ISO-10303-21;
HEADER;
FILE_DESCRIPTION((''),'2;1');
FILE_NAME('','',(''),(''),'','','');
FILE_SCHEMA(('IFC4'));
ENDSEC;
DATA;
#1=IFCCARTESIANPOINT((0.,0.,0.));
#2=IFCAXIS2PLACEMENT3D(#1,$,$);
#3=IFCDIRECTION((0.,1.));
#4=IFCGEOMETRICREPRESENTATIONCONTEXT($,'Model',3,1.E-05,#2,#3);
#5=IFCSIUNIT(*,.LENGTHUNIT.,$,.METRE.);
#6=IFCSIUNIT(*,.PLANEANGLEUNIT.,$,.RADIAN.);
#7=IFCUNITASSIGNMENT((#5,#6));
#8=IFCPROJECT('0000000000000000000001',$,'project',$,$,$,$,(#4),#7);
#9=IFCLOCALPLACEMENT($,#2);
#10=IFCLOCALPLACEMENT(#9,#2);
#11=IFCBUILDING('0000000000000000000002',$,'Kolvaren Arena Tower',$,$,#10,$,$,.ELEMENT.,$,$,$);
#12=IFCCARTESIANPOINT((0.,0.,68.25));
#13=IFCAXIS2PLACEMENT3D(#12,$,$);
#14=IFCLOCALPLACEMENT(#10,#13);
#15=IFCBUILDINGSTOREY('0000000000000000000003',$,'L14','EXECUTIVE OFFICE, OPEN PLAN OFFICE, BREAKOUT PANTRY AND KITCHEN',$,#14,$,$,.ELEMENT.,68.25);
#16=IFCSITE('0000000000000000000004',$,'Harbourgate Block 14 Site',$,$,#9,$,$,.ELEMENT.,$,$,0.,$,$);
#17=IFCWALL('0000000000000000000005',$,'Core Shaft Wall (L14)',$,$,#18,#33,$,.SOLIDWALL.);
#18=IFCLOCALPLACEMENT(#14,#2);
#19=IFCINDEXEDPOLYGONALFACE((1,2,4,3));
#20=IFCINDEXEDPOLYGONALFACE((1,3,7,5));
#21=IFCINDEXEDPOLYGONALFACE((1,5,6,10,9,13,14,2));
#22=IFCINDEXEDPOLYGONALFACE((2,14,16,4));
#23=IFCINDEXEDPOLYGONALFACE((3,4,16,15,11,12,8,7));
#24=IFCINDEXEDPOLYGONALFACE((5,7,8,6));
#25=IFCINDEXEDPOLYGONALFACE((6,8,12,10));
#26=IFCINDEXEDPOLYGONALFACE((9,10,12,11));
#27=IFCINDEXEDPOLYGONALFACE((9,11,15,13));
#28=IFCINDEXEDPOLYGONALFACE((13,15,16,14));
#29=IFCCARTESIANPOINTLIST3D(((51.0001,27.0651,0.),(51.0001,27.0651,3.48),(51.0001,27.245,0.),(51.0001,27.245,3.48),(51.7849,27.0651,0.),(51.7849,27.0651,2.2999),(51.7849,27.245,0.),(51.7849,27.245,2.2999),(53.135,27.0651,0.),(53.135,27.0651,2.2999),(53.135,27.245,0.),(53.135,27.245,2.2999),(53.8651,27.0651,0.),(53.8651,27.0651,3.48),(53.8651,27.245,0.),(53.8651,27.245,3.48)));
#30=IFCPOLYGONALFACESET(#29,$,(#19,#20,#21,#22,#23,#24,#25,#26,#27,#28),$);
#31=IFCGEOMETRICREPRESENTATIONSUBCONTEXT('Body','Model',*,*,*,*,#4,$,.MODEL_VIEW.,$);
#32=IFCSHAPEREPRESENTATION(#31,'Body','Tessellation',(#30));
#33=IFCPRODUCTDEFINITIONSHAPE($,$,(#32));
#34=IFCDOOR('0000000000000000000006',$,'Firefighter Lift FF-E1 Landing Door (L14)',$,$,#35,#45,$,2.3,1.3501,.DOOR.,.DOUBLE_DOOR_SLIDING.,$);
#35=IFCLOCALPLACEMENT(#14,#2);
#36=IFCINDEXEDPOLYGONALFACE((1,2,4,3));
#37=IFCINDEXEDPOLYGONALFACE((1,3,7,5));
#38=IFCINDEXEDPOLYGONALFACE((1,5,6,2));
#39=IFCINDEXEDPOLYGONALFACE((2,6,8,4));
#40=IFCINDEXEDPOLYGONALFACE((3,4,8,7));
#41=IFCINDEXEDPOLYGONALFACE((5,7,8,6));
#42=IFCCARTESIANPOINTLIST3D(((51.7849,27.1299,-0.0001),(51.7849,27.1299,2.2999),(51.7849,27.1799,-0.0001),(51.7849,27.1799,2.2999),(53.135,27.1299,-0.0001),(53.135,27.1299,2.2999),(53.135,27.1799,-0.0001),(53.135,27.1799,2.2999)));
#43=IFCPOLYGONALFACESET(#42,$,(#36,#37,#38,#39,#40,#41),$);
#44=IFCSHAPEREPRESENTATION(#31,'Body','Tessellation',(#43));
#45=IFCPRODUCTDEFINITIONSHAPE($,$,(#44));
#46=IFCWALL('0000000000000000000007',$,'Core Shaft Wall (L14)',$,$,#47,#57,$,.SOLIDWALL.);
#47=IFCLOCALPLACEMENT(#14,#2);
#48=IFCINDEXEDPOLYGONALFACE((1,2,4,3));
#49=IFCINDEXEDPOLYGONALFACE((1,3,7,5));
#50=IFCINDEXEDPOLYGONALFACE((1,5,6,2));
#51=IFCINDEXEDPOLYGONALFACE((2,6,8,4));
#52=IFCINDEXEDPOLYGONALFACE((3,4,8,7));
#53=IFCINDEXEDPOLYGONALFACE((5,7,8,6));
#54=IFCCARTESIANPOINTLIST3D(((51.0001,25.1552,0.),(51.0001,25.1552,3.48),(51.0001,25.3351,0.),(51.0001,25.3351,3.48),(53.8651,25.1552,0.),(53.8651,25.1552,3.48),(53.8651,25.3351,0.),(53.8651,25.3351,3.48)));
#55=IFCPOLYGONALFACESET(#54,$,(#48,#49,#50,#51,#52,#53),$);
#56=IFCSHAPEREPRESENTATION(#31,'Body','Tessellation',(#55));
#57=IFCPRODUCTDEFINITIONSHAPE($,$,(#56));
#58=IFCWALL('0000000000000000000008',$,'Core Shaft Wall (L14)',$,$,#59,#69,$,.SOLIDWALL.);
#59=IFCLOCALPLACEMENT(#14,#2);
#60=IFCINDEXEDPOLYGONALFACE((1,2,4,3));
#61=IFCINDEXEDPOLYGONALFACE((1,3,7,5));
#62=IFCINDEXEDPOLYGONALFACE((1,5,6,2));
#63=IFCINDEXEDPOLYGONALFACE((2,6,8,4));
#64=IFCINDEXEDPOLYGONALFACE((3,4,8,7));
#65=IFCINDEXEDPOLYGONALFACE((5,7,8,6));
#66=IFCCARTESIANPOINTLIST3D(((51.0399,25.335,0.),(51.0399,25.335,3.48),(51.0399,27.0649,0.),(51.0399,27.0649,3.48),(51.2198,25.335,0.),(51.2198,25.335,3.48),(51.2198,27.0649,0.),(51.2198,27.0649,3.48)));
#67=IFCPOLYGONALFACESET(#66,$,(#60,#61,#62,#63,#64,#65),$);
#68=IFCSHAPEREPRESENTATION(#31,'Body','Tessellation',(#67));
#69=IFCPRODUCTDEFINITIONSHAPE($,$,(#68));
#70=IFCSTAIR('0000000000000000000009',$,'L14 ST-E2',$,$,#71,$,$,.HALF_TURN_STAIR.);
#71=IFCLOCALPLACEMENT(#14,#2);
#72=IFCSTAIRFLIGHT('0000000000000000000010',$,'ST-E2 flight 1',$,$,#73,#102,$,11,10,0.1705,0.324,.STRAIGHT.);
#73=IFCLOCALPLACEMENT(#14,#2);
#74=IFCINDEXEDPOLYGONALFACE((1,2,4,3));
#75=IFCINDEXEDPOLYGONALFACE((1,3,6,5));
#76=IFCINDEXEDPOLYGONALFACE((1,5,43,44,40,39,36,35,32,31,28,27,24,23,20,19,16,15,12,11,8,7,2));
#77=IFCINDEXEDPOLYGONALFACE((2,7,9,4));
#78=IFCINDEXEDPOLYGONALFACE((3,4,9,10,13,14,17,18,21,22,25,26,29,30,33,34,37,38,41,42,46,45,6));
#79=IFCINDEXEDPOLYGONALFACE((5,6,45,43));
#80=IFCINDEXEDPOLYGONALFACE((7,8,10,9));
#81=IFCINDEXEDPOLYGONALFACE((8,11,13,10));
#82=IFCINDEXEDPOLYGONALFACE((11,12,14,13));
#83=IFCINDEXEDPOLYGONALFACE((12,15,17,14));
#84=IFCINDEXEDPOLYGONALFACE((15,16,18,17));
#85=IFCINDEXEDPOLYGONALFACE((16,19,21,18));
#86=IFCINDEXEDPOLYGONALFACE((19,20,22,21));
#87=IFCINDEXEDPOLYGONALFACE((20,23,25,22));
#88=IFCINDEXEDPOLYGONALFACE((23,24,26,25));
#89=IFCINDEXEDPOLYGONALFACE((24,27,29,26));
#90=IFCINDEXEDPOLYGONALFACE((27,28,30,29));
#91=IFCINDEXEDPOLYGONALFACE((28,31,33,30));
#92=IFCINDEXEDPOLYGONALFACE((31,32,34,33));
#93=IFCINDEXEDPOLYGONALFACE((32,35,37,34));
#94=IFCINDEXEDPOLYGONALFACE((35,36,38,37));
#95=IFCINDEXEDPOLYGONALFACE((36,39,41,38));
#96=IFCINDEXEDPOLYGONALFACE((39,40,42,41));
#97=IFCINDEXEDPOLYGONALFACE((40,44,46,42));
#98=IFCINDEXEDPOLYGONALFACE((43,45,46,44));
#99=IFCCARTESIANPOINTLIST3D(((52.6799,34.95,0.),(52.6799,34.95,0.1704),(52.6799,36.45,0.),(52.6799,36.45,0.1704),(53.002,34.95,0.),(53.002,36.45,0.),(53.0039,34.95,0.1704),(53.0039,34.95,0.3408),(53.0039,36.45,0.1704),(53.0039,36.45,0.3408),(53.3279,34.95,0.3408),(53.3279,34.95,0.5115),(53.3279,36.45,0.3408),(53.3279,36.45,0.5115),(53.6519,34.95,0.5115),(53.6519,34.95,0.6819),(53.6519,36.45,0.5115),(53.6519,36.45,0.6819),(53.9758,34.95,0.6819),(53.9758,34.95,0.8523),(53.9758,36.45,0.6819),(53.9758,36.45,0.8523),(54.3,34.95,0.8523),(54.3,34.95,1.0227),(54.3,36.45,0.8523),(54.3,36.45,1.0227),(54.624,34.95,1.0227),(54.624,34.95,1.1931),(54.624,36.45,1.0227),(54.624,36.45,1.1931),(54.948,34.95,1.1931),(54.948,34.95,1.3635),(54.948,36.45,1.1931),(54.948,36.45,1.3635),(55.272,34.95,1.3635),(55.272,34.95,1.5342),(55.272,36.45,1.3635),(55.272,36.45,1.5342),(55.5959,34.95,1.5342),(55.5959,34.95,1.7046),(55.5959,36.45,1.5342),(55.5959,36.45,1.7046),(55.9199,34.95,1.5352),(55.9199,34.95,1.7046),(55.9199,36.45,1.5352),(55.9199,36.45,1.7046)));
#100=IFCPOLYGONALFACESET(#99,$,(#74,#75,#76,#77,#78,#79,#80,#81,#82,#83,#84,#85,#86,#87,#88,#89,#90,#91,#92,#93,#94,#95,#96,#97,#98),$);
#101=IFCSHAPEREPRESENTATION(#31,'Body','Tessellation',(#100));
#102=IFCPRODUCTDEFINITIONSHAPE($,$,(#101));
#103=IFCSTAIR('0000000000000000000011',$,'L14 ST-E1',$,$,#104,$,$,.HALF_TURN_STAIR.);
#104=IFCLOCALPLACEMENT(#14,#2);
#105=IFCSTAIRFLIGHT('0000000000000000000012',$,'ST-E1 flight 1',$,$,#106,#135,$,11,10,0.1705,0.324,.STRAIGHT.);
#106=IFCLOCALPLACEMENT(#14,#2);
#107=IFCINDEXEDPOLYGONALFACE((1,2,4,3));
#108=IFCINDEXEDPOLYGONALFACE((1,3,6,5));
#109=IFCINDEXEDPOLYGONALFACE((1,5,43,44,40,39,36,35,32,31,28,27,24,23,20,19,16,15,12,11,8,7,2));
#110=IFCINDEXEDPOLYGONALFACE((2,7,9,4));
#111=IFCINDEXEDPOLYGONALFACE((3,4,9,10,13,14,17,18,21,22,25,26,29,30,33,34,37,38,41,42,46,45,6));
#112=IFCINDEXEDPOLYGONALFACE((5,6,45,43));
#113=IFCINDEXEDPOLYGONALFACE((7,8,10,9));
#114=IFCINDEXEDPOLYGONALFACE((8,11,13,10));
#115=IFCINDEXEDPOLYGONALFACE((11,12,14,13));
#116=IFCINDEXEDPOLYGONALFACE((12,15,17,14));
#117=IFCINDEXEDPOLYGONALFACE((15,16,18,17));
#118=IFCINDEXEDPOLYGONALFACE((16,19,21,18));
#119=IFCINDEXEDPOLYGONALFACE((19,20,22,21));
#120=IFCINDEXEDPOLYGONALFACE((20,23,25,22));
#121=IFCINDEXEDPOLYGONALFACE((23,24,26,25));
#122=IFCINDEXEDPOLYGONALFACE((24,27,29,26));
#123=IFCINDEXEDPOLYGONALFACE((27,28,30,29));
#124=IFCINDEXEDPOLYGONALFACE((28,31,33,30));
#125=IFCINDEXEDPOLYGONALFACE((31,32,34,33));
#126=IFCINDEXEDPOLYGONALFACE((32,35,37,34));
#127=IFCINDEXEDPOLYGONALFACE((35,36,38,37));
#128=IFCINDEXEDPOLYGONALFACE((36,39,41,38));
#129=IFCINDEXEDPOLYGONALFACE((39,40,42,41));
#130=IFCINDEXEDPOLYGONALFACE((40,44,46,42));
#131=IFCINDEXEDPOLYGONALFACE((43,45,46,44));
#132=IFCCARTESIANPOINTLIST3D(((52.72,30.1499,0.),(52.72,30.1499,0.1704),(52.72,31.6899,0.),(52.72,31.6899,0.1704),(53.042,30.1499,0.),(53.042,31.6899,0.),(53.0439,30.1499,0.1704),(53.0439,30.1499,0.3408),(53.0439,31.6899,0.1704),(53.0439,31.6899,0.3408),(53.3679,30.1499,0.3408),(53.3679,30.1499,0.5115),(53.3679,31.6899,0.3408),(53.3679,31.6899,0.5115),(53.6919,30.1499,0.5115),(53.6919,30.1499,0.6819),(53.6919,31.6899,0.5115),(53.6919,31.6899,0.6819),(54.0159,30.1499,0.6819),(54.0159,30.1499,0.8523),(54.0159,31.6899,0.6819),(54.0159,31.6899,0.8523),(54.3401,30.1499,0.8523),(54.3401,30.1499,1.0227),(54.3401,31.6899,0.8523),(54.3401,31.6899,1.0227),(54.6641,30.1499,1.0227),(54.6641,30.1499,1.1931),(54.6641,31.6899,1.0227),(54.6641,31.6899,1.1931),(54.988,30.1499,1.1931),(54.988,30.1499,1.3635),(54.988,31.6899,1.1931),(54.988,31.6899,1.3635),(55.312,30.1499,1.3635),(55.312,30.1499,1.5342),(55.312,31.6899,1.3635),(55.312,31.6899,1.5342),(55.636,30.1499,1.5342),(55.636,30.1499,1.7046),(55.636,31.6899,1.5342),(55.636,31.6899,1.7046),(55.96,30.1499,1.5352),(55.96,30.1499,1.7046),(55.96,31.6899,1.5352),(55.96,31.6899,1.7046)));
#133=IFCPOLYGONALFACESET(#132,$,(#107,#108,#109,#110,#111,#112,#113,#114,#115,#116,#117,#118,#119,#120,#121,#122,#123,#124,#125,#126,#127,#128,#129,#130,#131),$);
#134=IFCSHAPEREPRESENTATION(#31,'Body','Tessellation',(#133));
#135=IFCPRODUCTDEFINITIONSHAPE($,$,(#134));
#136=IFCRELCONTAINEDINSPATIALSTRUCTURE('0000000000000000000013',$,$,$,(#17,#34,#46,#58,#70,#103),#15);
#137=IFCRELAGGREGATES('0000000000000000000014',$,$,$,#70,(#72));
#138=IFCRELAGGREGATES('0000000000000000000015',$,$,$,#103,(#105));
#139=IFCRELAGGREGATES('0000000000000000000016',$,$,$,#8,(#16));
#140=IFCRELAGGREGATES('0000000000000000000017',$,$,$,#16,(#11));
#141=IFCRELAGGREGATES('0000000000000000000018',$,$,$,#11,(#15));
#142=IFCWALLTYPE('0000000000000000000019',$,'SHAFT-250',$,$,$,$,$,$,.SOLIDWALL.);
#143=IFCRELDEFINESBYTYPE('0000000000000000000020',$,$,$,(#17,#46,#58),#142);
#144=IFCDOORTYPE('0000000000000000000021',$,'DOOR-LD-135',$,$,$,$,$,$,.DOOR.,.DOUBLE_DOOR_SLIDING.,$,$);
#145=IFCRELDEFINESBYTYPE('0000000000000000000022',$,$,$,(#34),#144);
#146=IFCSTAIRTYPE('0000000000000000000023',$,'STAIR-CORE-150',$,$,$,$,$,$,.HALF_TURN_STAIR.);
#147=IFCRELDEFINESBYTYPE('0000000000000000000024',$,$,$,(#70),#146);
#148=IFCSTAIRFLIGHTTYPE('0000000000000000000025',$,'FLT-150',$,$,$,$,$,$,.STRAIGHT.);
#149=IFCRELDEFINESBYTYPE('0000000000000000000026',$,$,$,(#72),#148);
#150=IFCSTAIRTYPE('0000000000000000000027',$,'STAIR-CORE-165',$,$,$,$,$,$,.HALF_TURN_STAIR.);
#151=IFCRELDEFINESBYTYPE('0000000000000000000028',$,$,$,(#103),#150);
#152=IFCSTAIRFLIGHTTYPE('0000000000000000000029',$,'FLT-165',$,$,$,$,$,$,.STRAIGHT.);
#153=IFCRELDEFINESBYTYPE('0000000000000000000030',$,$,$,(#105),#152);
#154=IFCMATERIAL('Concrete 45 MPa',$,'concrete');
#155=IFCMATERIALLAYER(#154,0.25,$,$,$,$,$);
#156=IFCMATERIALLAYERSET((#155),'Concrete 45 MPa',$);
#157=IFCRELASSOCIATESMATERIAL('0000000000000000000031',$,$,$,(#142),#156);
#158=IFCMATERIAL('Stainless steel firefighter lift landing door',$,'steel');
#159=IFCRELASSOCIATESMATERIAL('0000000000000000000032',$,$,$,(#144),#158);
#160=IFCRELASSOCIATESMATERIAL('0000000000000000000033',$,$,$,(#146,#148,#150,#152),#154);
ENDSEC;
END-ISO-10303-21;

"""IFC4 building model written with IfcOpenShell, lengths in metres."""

from ifc_helpers import new_model, si_unit, direction, frame, frame_2d, origin, place, context, subcontext, project, spatial, polyline, rectangle, outline, extrude, material, layer, layer_set, type_object, element, fill, aggregate, save


model = new_model("IFC4")

# Units and contexts
model_context = context("Model", 3, precision=1e-05, world=origin(), true_north=direction((0.0, 1.0)))
body_context = subcontext(model_context, "Body", "Model", "MODEL_VIEW")
ifc_project = project(units=[si_unit("LENGTHUNIT", "METRE"), si_unit("PLANEANGLEUNIT", "RADIAN")], contexts=[model_context])

# Site, building, storey
site_placement = place(None, origin())
site = spatial("IfcSite", under=ifc_project, at=site_placement, Name="Harbourgate Block 14 Site", CompositionType="ELEMENT", RefElevation=0.0)
building_placement = place(site_placement, origin())
building = spatial("IfcBuilding", under=site, at=building_placement, Name="Kolvaren Arena Tower", CompositionType="ELEMENT")
storey_placement = place(building_placement, frame((0.0, 0.0, 68.25)))
storey = spatial("IfcBuildingStorey", under=building, at=storey_placement, Name="L14", Description="EXECUTIVE OFFICE, OPEN PLAN OFFICE, BREAKOUT PANTRY AND KITCHEN", CompositionType="ELEMENT", Elevation=68.25)

# Shared definitions
ifc_material_1 = material(Name="Concrete 45 MPa", Category="concrete")
ifc_layer = layer(ifc_material_1, 0.25)
ifc_layer_set = layer_set([ifc_layer], Name="Concrete 45 MPa")
wall_type = type_object("IfcWallType", Name="SHAFT-250", PredefinedType="SOLIDWALL", material=ifc_layer_set)

# Wall, opening, door
wall_1_placement = place(storey_placement, frame((51.0, 27.155, 0.0), z_axis=(0.0, 0.0, 1.0), x_axis=(1.0, 0.0, 0.0)))
wall_1 = element("IfcWall", 1, at=wall_1_placement, inside=storey, type_object=wall_type, Name="Core Shaft Wall (L14)", PredefinedType="SOLIDWALL", context=body_context, shape_type="SweptSolid", body=[
    extrude(rectangle(XDim=2.865, YDim=0.1799, at=frame_2d((1.4326, 0.0))), origin(), (0.0, 0.0, 1.0), 3.48),
])
opening_placement = place(wall_1_placement, frame((0.7849, 0.0, 0.0)))
opening = element("IfcOpeningElement", 2, at=opening_placement, cuts=wall_1, PredefinedType="OPENING", context=body_context, shape_type="SweptSolid", body=[
    extrude(rectangle(XDim=1.3501, YDim=2.3, at=frame_2d((0.675, 1.1499))), frame((0.0, 0.0999, 0.0), z_axis=(0.0, -1.0, 0.0), x_axis=(1.0, 0.0, 0.0)), (0.0, 0.0, 1.0), 0.2),
])
ifc_material_2 = material(Name="Stainless steel firefighter lift landing door", Category="steel")
door_type = type_object("IfcDoorType", Name="DOOR-LD-135", OperationType="DOUBLE_DOOR_SLIDING", PredefinedType="DOOR", material=ifc_material_2)
door_placement = place(opening_placement, origin())
door = element("IfcDoor", 3, at=door_placement, inside=storey, type_object=door_type, Name="Firefighter Lift FF-E1 Landing Door (L14)", OperationType="DOUBLE_DOOR_SLIDING", OverallHeight=2.3, OverallWidth=1.3501, PredefinedType="DOOR", context=body_context, shape_type="SweptSolid", body=[
    extrude(rectangle(XDim=1.3501, YDim=2.3, at=frame_2d((0.675, 1.1499))), frame((0.0, 0.0249, 0.0), z_axis=(0.0, -1.0, 0.0), x_axis=(1.0, 0.0, 0.0)), (0.0, 0.0, 1.0), 0.05),
])
fill(opening, door)

# Walls
wall_2_placement = place(storey_placement, frame((51.0, 25.2451, 0.0), z_axis=(0.0, 0.0, 1.0), x_axis=(1.0, 0.0, 0.0)))
element("IfcWall", 4, at=wall_2_placement, inside=storey, type_object=wall_type, Name="Core Shaft Wall (L14)", PredefinedType="SOLIDWALL", context=body_context, shape_type="SweptSolid", body=[
    extrude(rectangle(XDim=2.865, YDim=0.1799, at=frame_2d((1.4326, 0.0))), origin(), (0.0, 0.0, 1.0), 3.48),
])
wall_3_placement = place(storey_placement, frame((51.1299, 25.335, 0.0), z_axis=(0.0, 0.0, 1.0), x_axis=(0.0, 1.0, 0.0)))
element("IfcWall", 5, at=wall_3_placement, inside=storey, type_object=wall_type, Name="Core Shaft Wall (L14)", PredefinedType="SOLIDWALL", context=body_context, shape_type="SweptSolid", body=[
    extrude(rectangle(XDim=1.73, YDim=0.1799, at=frame_2d((0.865, 0.0))), origin(), (0.0, 0.0, 1.0), 3.48),
])

# Stairs, stair flights
stair_type_1 = type_object("IfcStairType", Name="STAIR-CORE-150", PredefinedType="HALF_TURN_STAIR", material=ifc_material_1)
stair_1_placement = place(storey_placement, origin())
stair_1 = element("IfcStair", 6, at=stair_1_placement, inside=storey, type_object=stair_type_1, Name="L14 ST-E2", PredefinedType="HALF_TURN_STAIR")
stair_flight_type_1 = type_object("IfcStairFlightType", Name="FLT-150", PredefinedType="STRAIGHT", material=ifc_material_1)
stair_flight_1_placement = place(storey_placement, frame((52.6799, 35.7, 0.0), z_axis=(0.0, 0.0, 1.0), x_axis=(1.0, 0.0, 0.0)))
stair_flight_1 = element("IfcStairFlight", 7, at=stair_flight_1_placement, type_object=stair_flight_type_1, Name="ST-E2 flight 1", NumberOfRisers=11, NumberOfTreads=10, PredefinedType="STRAIGHT", RiserHeight=0.1705, TreadLength=0.324, context=body_context, shape_type="SweptSolid", body=[
    extrude(outline(polyline([(0.0, 0.0), (0.0, 0.1704), (0.324, 0.1704), (0.324, 0.3408), (0.6479, 0.3408), (0.6479, 0.5115), (0.9719, 0.5115), (0.9719, 0.6819), (1.2959, 0.6819), (1.2959, 0.8523), (1.6201, 0.8523), (1.6201, 1.0227), (1.9441, 1.0227), (1.9441, 1.1931), (2.2681, 1.1931), (2.2681, 1.3635), (2.592, 1.3635), (2.592, 1.5342), (2.916, 1.5342), (2.916, 1.7046), (3.24, 1.7046), (3.24, 1.875), (3.24, 1.5352), (0.322, 0.0), (0.0, 0.0)])), frame((0.0, 0.75, 0.0), z_axis=(0.0, -1.0, 0.0), x_axis=(1.0, 0.0, 0.0)), (0.0, 0.0, 1.0), 1.5),
])
aggregate(stair_1, [stair_flight_1])
stair_type_2 = type_object("IfcStairType", Name="STAIR-CORE-165", PredefinedType="HALF_TURN_STAIR", material=ifc_material_1)
stair_2_placement = place(storey_placement, origin())
stair_2 = element("IfcStair", 8, at=stair_2_placement, inside=storey, type_object=stair_type_2, Name="L14 ST-E1", PredefinedType="HALF_TURN_STAIR")
stair_flight_type_2 = type_object("IfcStairFlightType", Name="FLT-165", PredefinedType="STRAIGHT", material=ifc_material_1)
stair_flight_2_placement = place(storey_placement, frame((52.72, 30.9199, 0.0), z_axis=(0.0, 0.0, 1.0), x_axis=(1.0, 0.0, 0.0)))
stair_flight_2 = element("IfcStairFlight", 9, at=stair_flight_2_placement, type_object=stair_flight_type_2, Name="ST-E1 flight 1", NumberOfRisers=11, NumberOfTreads=10, PredefinedType="STRAIGHT", RiserHeight=0.1705, TreadLength=0.324, context=body_context, shape_type="SweptSolid", body=[
    extrude(outline(polyline([(0.0, 0.0), (0.0, 0.1704), (0.324, 0.1704), (0.324, 0.3408), (0.6479, 0.3408), (0.6479, 0.5115), (0.9719, 0.5115), (0.9719, 0.6819), (1.2959, 0.6819), (1.2959, 0.8523), (1.6201, 0.8523), (1.6201, 1.0227), (1.9441, 1.0227), (1.9441, 1.1931), (2.2681, 1.1931), (2.2681, 1.3635), (2.592, 1.3635), (2.592, 1.5342), (2.916, 1.5342), (2.916, 1.7046), (3.24, 1.7046), (3.24, 1.875), (3.24, 1.5352), (0.322, 0.0), (0.0, 0.0)])), frame((0.0, 0.77, 0.0), z_axis=(0.0, -1.0, 0.0), x_axis=(1.0, 0.0, 0.0)), (0.0, 0.0, 1.0), 1.54),
])
aggregate(stair_2, [stair_flight_2])

save(model, "model.ifc")
